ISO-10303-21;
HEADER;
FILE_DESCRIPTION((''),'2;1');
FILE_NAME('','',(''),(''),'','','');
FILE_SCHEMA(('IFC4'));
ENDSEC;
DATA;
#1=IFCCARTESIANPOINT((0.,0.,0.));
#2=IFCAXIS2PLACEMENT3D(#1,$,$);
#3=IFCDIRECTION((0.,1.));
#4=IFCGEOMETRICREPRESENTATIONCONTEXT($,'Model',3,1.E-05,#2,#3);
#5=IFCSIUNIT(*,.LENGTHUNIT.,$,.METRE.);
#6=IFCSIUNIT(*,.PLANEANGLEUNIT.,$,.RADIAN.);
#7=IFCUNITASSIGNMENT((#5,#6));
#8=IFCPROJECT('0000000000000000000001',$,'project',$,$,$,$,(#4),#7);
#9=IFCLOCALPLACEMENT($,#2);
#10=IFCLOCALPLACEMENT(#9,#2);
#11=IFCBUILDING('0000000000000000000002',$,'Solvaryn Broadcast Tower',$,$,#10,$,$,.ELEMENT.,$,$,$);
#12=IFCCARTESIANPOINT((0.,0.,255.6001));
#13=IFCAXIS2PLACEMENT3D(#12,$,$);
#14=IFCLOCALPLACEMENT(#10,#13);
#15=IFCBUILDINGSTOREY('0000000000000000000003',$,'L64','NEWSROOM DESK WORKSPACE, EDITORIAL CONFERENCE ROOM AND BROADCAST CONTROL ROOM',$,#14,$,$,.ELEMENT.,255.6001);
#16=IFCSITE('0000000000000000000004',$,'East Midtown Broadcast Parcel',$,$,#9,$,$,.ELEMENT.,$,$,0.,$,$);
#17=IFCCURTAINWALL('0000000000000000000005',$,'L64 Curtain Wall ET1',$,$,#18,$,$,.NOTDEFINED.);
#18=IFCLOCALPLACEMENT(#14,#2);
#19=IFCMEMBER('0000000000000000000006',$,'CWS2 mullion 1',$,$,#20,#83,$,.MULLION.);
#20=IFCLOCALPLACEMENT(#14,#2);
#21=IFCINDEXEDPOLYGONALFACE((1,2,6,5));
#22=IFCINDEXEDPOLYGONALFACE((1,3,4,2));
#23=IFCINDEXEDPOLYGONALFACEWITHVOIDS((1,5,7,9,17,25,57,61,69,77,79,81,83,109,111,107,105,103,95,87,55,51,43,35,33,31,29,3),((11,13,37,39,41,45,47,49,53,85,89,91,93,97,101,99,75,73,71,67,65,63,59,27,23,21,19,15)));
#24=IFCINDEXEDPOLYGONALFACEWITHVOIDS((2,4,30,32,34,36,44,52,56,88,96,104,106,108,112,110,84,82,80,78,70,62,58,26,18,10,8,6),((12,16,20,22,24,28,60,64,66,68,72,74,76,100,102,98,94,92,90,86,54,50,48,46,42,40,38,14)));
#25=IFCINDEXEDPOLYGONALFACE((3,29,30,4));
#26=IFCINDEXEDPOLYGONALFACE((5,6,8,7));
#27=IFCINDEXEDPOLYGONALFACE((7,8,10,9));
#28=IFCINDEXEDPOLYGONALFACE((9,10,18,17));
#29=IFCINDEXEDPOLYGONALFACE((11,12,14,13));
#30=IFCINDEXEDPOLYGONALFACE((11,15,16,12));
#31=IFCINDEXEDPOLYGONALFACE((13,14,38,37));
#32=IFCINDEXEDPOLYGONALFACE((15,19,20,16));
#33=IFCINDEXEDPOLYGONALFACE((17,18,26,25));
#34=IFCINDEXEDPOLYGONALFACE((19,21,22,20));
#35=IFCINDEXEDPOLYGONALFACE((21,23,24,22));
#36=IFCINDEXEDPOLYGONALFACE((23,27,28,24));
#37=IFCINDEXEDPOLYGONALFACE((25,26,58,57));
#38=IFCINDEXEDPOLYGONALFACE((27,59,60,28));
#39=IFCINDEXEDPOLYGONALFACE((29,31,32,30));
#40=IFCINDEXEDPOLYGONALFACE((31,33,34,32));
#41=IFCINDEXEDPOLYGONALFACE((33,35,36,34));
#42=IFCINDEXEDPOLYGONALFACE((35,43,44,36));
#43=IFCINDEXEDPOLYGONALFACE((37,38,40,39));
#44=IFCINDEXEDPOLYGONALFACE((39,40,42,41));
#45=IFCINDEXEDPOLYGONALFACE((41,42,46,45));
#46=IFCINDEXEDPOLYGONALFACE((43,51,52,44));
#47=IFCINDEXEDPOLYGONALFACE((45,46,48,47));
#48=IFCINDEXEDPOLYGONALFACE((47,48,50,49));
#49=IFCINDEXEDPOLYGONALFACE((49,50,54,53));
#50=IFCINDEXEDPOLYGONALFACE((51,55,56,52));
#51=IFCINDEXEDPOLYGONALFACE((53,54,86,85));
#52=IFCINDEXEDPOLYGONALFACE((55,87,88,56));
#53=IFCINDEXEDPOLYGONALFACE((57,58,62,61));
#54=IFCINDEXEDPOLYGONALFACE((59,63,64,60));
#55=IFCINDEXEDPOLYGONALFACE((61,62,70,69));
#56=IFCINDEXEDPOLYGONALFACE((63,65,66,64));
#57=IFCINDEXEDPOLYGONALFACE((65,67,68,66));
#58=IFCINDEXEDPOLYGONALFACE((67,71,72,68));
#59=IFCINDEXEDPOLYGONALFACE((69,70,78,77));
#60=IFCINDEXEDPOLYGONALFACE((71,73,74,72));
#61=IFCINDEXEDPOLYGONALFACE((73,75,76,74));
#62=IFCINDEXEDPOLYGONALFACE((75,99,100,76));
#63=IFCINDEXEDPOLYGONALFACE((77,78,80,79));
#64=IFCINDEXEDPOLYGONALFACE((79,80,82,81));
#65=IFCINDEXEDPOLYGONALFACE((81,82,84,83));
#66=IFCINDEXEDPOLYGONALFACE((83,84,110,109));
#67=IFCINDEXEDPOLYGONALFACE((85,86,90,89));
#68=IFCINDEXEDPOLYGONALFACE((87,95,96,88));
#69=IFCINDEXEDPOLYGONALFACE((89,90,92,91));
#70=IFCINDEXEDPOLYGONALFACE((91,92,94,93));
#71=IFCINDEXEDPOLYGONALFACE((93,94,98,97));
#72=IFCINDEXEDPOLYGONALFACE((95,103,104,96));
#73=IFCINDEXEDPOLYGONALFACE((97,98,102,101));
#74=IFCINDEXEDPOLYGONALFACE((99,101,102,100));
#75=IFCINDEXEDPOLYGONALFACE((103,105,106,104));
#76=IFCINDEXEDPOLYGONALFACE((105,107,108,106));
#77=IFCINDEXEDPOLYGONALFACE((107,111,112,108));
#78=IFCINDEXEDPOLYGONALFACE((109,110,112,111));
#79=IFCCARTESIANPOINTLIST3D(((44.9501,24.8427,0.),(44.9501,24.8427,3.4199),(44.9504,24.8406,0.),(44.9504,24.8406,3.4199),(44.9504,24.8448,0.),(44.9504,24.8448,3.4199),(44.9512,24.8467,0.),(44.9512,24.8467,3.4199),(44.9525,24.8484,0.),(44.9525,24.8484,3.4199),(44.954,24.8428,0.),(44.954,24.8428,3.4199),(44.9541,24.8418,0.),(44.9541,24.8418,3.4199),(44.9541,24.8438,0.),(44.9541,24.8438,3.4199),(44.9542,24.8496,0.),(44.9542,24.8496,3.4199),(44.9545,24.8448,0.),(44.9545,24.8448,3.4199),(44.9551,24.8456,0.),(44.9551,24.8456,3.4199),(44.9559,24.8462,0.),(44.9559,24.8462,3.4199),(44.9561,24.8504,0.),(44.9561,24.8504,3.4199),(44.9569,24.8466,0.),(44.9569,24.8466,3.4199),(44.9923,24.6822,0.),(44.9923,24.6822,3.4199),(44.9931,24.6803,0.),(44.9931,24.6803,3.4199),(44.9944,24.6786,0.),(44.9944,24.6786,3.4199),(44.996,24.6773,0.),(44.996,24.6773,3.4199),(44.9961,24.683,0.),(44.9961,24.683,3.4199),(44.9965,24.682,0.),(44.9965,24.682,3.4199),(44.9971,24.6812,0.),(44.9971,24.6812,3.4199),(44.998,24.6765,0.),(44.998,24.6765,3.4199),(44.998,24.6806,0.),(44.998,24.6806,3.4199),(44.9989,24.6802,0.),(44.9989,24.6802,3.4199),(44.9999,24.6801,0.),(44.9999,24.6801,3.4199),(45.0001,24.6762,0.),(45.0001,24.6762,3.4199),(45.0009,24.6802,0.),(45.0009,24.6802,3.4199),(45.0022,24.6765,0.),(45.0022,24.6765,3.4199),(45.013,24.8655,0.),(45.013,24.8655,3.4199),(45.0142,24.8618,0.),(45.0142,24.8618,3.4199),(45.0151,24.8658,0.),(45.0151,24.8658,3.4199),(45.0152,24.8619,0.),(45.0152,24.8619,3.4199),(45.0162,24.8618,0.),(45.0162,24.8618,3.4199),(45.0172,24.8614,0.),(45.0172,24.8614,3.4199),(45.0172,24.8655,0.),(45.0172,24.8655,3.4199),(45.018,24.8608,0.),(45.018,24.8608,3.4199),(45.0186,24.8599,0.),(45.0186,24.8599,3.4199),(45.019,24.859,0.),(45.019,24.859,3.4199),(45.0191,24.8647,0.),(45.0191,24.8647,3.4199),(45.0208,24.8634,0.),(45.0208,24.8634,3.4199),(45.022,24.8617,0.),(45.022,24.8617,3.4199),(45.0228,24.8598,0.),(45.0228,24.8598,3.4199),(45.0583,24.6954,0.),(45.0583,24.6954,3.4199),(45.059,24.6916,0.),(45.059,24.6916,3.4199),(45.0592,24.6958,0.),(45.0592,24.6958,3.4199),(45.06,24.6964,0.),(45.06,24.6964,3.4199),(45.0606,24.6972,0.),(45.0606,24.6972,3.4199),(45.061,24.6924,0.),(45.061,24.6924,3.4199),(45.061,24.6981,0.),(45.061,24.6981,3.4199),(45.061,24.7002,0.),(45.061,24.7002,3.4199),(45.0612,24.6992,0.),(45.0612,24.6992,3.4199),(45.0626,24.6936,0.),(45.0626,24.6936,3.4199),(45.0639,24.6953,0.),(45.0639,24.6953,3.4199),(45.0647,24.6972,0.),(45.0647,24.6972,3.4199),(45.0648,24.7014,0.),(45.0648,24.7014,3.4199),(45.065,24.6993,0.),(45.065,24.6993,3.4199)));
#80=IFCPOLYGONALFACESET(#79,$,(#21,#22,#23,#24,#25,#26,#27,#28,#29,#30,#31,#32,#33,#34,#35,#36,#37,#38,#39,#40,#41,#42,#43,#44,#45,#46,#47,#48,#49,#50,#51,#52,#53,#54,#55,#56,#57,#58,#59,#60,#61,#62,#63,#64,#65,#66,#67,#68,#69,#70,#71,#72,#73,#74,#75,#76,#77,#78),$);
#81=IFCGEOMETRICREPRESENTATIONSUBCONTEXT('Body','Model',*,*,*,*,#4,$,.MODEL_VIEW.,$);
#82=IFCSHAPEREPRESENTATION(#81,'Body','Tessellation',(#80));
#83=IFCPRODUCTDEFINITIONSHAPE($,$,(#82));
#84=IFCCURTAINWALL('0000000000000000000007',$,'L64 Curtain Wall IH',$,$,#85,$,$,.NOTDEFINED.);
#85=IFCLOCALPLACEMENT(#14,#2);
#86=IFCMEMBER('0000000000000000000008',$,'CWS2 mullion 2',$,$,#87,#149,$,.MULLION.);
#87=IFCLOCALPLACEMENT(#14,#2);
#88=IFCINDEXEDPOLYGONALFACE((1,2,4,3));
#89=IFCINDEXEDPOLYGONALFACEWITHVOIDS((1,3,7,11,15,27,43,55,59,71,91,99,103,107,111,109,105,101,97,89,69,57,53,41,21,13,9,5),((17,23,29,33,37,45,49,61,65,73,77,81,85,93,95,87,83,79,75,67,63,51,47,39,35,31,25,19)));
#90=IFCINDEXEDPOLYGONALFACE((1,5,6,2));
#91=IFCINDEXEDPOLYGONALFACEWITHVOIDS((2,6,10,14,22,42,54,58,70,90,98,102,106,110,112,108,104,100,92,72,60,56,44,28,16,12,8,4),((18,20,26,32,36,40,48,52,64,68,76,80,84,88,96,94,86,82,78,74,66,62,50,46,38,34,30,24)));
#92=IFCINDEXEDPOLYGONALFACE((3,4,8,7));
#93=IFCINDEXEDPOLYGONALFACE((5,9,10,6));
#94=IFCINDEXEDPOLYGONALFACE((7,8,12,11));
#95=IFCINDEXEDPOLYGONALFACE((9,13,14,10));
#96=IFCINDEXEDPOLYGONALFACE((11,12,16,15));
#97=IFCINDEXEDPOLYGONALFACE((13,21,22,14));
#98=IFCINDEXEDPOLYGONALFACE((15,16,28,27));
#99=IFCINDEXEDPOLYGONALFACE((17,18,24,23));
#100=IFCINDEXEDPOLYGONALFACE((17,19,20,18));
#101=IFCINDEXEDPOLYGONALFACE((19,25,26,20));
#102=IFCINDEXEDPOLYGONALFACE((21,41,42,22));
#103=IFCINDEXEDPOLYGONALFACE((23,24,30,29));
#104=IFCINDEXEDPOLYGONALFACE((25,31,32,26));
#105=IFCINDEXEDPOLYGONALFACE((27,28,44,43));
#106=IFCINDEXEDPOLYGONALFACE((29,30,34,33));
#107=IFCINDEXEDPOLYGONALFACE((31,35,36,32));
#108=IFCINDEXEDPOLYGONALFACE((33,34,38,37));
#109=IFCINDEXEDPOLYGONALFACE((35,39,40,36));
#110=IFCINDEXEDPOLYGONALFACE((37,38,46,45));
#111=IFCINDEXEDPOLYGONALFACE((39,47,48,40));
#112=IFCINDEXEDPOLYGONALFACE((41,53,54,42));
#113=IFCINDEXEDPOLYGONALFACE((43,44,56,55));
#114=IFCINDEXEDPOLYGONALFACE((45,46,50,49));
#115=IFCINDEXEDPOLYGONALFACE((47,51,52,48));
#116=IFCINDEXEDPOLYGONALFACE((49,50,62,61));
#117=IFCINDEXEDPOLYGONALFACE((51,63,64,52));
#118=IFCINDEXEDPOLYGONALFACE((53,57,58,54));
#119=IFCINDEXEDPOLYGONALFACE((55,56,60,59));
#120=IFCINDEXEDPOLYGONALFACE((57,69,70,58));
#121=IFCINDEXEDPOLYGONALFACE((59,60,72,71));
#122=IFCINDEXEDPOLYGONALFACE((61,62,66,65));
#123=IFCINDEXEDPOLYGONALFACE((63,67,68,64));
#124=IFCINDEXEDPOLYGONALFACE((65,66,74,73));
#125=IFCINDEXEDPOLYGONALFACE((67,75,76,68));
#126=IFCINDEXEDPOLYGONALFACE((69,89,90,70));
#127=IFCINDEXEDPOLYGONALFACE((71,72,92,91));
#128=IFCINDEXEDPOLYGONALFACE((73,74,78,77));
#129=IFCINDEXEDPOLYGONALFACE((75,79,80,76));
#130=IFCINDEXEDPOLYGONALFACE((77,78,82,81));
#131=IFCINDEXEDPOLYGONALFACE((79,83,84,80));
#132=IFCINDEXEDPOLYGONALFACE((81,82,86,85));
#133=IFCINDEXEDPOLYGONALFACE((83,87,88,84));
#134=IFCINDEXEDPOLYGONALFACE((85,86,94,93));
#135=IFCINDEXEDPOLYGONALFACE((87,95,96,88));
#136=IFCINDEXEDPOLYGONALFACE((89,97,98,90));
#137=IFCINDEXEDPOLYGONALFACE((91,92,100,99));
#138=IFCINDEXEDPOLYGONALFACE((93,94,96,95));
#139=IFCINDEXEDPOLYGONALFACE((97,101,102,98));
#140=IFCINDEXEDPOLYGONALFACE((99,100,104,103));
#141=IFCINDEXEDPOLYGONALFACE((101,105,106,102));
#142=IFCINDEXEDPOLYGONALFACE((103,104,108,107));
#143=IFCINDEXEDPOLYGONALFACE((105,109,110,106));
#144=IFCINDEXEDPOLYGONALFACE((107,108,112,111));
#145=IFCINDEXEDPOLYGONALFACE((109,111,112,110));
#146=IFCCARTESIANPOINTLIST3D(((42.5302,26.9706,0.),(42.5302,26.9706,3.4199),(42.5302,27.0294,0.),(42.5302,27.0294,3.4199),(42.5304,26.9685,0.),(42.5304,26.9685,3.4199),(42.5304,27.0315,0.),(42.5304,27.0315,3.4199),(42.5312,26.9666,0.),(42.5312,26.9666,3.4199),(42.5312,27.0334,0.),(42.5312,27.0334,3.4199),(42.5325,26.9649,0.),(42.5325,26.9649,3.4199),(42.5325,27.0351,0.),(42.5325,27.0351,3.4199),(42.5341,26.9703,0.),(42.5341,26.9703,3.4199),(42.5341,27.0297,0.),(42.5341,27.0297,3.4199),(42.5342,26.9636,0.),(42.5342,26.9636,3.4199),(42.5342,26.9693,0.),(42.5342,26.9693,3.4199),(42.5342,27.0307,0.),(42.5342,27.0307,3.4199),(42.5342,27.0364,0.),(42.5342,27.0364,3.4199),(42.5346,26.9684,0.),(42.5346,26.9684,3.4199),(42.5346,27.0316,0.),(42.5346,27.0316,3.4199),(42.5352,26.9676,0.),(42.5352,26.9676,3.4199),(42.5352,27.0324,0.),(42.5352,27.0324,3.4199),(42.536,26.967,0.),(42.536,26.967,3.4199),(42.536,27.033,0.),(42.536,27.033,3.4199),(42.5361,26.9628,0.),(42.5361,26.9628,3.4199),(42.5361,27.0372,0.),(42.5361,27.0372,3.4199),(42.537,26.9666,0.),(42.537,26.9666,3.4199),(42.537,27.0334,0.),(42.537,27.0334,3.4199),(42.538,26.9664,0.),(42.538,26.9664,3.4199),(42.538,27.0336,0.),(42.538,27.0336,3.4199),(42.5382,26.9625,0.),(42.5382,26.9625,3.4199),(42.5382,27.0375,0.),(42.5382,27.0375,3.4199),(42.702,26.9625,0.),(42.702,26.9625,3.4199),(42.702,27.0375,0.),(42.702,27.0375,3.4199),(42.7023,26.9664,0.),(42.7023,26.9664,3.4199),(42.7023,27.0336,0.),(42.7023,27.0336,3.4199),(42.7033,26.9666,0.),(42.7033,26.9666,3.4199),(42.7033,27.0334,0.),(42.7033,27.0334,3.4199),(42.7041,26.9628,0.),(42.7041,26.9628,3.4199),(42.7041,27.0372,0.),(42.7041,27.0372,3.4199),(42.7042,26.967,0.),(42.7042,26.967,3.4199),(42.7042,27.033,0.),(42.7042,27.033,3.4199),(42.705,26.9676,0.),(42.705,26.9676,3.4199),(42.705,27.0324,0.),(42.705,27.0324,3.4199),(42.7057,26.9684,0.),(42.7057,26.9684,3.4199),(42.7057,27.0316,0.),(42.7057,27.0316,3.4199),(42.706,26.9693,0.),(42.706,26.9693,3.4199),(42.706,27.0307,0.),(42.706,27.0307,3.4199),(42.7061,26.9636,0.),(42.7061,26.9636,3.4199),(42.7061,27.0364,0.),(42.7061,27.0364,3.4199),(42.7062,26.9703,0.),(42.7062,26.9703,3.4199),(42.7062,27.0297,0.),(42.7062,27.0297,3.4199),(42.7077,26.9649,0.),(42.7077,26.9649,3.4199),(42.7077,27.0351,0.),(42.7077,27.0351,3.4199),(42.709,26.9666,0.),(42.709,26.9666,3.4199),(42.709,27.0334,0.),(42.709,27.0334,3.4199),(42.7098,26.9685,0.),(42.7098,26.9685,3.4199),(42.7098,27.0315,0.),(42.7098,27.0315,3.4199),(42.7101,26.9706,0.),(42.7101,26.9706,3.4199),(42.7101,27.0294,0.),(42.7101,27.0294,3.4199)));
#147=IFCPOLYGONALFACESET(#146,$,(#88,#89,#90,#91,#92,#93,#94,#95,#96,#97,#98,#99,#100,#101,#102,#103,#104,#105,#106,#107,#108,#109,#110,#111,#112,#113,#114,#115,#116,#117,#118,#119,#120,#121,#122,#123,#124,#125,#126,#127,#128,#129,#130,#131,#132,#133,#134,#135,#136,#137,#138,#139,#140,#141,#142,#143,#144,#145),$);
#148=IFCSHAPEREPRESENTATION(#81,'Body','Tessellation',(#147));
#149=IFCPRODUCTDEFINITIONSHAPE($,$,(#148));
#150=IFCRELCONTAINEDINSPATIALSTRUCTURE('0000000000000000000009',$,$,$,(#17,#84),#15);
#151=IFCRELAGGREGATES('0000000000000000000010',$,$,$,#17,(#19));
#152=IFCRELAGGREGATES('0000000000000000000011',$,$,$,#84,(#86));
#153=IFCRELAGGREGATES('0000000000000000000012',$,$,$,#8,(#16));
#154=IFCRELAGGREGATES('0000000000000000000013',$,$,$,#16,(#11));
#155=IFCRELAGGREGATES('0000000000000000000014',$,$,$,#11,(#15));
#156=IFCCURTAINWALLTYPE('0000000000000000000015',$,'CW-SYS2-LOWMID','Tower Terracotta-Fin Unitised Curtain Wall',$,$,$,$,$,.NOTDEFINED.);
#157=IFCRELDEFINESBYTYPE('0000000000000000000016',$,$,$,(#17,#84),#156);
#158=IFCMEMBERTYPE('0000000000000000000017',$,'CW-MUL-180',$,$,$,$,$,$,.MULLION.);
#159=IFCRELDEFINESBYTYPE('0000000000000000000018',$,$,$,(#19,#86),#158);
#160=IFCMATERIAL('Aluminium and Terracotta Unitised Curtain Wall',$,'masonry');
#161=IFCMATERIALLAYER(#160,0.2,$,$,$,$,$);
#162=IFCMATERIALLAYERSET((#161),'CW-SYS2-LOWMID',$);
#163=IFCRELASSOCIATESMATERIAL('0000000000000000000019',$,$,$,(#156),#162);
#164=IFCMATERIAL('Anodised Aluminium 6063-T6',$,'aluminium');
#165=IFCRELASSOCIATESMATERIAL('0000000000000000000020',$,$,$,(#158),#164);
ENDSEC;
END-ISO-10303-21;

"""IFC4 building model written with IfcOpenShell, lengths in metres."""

from ifc_helpers import new_model, si_unit, direction, frame, origin, origin_2d, place, context, subcontext, project, spatial, hollow_rectangle, extrude, material, layer, layer_set, material_profile, profile_set, type_object, element, aggregate, save


model = new_model("IFC4")

# Units and contexts
model_context = context("Model", 3, precision=1e-05, world=origin(), true_north=direction((0.0, 1.0)))
body_context = subcontext(model_context, "Body", "Model", "MODEL_VIEW")
ifc_project = project(units=[si_unit("LENGTHUNIT", "METRE"), si_unit("PLANEANGLEUNIT", "RADIAN")], contexts=[model_context])

# Site, building, storey
site_placement = place(None, origin())
site = spatial("IfcSite", under=ifc_project, at=site_placement, Name="East Midtown Broadcast Parcel", CompositionType="ELEMENT", RefElevation=0.0)
building_placement = place(site_placement, origin())
building = spatial("IfcBuilding", under=site, at=building_placement, Name="Solvaryn Broadcast Tower", CompositionType="ELEMENT")
storey_placement = place(building_placement, frame((0.0, 0.0, 255.6001)))
storey = spatial("IfcBuildingStorey", under=building, at=storey_placement, Name="L64", Description="NEWSROOM DESK WORKSPACE, EDITORIAL CONFERENCE ROOM AND BROADCAST CONTROL ROOM", CompositionType="ELEMENT", Elevation=255.6001)

# Curtain walls, members
ifc_material_1 = material(Name="Aluminium and Terracotta Unitised Curtain Wall", Category="masonry")
ifc_layer_1 = layer(ifc_material_1, 0.2)
ifc_layer_set_1 = layer_set([ifc_layer_1], Name="CW-SYS2-LOWMID")
curtain_wall_type = type_object("IfcCurtainWallType", Name="CW-SYS2-LOWMID", Description="Tower Terracotta-Fin Unitised Curtain Wall", PredefinedType="NOTDEFINED", material=ifc_layer_set_1)
curtain_wall_1_placement = place(storey_placement, origin())
curtain_wall_1 = element("IfcCurtainWall", 1, at=curtain_wall_1_placement, inside=storey, type_object=curtain_wall_type, Name="L64 Curtain Wall ET1", PredefinedType="NOTDEFINED")
ifc_material_2 = material(Name="Anodised Aluminium 6063-T6", Category="aluminium")
ifc_material_profile_1 = material_profile(ifc_material_2, hollow_rectangle(XDim=0.075, YDim=0.1799, WallThickness=0.0039, InnerFilletRadius=0.0039, OuterFilletRadius=0.0081, at=origin_2d()))
ifc_profile_set_1 = profile_set([ifc_material_profile_1], Name="Anodised Aluminium 6063-T6")
member_type_1 = type_object("IfcMemberType", Name="CW-MUL-180", PredefinedType="MULLION", material=ifc_profile_set_1)
member_1_placement = place(storey_placement, frame((45.0076, 24.771, 0.0), z_axis=(0.0, 0.0, 1.0), x_axis=(0.966705, 0.255893, 0.0)))
member_1 = element("IfcMember", 2, at=member_1_placement, type_object=member_type_1, Name="CWS2 mullion 1", PredefinedType="MULLION", context=body_context, shape_type="SweptSolid", body=[
    extrude(hollow_rectangle(XDim=0.075, YDim=0.1799, WallThickness=0.0039, InnerFilletRadius=0.0039, OuterFilletRadius=0.0081, at=origin_2d()), origin(), (0.0, 0.0, 1.0), 3.4199),
])
curtain_wall_2_placement = place(storey_placement, origin())
curtain_wall_2 = element("IfcCurtainWall", 3, at=curtain_wall_2_placement, inside=storey, type_object=curtain_wall_type, Name="L64 Curtain Wall IH", PredefinedType="NOTDEFINED")
member_2_placement = place(storey_placement, frame((42.6201, 27.0, 0.0), z_axis=(0.0, 0.0, 1.0), x_axis=(0.0, 1.0, 0.0)))
member_2 = element("IfcMember", 4, at=member_2_placement, type_object=member_type_1, Name="CWS2 mullion 2", PredefinedType="MULLION", context=body_context, shape_type="SweptSolid", body=[
    extrude(hollow_rectangle(XDim=0.075, YDim=0.1799, WallThickness=0.0039, InnerFilletRadius=0.0039, OuterFilletRadius=0.0081, at=origin_2d()), origin(), (0.0, 0.0, 1.0), 3.4199),
])

aggregate(curtain_wall_1, [member_1])
aggregate(curtain_wall_2, [member_2])

save(model, "model.ifc")
